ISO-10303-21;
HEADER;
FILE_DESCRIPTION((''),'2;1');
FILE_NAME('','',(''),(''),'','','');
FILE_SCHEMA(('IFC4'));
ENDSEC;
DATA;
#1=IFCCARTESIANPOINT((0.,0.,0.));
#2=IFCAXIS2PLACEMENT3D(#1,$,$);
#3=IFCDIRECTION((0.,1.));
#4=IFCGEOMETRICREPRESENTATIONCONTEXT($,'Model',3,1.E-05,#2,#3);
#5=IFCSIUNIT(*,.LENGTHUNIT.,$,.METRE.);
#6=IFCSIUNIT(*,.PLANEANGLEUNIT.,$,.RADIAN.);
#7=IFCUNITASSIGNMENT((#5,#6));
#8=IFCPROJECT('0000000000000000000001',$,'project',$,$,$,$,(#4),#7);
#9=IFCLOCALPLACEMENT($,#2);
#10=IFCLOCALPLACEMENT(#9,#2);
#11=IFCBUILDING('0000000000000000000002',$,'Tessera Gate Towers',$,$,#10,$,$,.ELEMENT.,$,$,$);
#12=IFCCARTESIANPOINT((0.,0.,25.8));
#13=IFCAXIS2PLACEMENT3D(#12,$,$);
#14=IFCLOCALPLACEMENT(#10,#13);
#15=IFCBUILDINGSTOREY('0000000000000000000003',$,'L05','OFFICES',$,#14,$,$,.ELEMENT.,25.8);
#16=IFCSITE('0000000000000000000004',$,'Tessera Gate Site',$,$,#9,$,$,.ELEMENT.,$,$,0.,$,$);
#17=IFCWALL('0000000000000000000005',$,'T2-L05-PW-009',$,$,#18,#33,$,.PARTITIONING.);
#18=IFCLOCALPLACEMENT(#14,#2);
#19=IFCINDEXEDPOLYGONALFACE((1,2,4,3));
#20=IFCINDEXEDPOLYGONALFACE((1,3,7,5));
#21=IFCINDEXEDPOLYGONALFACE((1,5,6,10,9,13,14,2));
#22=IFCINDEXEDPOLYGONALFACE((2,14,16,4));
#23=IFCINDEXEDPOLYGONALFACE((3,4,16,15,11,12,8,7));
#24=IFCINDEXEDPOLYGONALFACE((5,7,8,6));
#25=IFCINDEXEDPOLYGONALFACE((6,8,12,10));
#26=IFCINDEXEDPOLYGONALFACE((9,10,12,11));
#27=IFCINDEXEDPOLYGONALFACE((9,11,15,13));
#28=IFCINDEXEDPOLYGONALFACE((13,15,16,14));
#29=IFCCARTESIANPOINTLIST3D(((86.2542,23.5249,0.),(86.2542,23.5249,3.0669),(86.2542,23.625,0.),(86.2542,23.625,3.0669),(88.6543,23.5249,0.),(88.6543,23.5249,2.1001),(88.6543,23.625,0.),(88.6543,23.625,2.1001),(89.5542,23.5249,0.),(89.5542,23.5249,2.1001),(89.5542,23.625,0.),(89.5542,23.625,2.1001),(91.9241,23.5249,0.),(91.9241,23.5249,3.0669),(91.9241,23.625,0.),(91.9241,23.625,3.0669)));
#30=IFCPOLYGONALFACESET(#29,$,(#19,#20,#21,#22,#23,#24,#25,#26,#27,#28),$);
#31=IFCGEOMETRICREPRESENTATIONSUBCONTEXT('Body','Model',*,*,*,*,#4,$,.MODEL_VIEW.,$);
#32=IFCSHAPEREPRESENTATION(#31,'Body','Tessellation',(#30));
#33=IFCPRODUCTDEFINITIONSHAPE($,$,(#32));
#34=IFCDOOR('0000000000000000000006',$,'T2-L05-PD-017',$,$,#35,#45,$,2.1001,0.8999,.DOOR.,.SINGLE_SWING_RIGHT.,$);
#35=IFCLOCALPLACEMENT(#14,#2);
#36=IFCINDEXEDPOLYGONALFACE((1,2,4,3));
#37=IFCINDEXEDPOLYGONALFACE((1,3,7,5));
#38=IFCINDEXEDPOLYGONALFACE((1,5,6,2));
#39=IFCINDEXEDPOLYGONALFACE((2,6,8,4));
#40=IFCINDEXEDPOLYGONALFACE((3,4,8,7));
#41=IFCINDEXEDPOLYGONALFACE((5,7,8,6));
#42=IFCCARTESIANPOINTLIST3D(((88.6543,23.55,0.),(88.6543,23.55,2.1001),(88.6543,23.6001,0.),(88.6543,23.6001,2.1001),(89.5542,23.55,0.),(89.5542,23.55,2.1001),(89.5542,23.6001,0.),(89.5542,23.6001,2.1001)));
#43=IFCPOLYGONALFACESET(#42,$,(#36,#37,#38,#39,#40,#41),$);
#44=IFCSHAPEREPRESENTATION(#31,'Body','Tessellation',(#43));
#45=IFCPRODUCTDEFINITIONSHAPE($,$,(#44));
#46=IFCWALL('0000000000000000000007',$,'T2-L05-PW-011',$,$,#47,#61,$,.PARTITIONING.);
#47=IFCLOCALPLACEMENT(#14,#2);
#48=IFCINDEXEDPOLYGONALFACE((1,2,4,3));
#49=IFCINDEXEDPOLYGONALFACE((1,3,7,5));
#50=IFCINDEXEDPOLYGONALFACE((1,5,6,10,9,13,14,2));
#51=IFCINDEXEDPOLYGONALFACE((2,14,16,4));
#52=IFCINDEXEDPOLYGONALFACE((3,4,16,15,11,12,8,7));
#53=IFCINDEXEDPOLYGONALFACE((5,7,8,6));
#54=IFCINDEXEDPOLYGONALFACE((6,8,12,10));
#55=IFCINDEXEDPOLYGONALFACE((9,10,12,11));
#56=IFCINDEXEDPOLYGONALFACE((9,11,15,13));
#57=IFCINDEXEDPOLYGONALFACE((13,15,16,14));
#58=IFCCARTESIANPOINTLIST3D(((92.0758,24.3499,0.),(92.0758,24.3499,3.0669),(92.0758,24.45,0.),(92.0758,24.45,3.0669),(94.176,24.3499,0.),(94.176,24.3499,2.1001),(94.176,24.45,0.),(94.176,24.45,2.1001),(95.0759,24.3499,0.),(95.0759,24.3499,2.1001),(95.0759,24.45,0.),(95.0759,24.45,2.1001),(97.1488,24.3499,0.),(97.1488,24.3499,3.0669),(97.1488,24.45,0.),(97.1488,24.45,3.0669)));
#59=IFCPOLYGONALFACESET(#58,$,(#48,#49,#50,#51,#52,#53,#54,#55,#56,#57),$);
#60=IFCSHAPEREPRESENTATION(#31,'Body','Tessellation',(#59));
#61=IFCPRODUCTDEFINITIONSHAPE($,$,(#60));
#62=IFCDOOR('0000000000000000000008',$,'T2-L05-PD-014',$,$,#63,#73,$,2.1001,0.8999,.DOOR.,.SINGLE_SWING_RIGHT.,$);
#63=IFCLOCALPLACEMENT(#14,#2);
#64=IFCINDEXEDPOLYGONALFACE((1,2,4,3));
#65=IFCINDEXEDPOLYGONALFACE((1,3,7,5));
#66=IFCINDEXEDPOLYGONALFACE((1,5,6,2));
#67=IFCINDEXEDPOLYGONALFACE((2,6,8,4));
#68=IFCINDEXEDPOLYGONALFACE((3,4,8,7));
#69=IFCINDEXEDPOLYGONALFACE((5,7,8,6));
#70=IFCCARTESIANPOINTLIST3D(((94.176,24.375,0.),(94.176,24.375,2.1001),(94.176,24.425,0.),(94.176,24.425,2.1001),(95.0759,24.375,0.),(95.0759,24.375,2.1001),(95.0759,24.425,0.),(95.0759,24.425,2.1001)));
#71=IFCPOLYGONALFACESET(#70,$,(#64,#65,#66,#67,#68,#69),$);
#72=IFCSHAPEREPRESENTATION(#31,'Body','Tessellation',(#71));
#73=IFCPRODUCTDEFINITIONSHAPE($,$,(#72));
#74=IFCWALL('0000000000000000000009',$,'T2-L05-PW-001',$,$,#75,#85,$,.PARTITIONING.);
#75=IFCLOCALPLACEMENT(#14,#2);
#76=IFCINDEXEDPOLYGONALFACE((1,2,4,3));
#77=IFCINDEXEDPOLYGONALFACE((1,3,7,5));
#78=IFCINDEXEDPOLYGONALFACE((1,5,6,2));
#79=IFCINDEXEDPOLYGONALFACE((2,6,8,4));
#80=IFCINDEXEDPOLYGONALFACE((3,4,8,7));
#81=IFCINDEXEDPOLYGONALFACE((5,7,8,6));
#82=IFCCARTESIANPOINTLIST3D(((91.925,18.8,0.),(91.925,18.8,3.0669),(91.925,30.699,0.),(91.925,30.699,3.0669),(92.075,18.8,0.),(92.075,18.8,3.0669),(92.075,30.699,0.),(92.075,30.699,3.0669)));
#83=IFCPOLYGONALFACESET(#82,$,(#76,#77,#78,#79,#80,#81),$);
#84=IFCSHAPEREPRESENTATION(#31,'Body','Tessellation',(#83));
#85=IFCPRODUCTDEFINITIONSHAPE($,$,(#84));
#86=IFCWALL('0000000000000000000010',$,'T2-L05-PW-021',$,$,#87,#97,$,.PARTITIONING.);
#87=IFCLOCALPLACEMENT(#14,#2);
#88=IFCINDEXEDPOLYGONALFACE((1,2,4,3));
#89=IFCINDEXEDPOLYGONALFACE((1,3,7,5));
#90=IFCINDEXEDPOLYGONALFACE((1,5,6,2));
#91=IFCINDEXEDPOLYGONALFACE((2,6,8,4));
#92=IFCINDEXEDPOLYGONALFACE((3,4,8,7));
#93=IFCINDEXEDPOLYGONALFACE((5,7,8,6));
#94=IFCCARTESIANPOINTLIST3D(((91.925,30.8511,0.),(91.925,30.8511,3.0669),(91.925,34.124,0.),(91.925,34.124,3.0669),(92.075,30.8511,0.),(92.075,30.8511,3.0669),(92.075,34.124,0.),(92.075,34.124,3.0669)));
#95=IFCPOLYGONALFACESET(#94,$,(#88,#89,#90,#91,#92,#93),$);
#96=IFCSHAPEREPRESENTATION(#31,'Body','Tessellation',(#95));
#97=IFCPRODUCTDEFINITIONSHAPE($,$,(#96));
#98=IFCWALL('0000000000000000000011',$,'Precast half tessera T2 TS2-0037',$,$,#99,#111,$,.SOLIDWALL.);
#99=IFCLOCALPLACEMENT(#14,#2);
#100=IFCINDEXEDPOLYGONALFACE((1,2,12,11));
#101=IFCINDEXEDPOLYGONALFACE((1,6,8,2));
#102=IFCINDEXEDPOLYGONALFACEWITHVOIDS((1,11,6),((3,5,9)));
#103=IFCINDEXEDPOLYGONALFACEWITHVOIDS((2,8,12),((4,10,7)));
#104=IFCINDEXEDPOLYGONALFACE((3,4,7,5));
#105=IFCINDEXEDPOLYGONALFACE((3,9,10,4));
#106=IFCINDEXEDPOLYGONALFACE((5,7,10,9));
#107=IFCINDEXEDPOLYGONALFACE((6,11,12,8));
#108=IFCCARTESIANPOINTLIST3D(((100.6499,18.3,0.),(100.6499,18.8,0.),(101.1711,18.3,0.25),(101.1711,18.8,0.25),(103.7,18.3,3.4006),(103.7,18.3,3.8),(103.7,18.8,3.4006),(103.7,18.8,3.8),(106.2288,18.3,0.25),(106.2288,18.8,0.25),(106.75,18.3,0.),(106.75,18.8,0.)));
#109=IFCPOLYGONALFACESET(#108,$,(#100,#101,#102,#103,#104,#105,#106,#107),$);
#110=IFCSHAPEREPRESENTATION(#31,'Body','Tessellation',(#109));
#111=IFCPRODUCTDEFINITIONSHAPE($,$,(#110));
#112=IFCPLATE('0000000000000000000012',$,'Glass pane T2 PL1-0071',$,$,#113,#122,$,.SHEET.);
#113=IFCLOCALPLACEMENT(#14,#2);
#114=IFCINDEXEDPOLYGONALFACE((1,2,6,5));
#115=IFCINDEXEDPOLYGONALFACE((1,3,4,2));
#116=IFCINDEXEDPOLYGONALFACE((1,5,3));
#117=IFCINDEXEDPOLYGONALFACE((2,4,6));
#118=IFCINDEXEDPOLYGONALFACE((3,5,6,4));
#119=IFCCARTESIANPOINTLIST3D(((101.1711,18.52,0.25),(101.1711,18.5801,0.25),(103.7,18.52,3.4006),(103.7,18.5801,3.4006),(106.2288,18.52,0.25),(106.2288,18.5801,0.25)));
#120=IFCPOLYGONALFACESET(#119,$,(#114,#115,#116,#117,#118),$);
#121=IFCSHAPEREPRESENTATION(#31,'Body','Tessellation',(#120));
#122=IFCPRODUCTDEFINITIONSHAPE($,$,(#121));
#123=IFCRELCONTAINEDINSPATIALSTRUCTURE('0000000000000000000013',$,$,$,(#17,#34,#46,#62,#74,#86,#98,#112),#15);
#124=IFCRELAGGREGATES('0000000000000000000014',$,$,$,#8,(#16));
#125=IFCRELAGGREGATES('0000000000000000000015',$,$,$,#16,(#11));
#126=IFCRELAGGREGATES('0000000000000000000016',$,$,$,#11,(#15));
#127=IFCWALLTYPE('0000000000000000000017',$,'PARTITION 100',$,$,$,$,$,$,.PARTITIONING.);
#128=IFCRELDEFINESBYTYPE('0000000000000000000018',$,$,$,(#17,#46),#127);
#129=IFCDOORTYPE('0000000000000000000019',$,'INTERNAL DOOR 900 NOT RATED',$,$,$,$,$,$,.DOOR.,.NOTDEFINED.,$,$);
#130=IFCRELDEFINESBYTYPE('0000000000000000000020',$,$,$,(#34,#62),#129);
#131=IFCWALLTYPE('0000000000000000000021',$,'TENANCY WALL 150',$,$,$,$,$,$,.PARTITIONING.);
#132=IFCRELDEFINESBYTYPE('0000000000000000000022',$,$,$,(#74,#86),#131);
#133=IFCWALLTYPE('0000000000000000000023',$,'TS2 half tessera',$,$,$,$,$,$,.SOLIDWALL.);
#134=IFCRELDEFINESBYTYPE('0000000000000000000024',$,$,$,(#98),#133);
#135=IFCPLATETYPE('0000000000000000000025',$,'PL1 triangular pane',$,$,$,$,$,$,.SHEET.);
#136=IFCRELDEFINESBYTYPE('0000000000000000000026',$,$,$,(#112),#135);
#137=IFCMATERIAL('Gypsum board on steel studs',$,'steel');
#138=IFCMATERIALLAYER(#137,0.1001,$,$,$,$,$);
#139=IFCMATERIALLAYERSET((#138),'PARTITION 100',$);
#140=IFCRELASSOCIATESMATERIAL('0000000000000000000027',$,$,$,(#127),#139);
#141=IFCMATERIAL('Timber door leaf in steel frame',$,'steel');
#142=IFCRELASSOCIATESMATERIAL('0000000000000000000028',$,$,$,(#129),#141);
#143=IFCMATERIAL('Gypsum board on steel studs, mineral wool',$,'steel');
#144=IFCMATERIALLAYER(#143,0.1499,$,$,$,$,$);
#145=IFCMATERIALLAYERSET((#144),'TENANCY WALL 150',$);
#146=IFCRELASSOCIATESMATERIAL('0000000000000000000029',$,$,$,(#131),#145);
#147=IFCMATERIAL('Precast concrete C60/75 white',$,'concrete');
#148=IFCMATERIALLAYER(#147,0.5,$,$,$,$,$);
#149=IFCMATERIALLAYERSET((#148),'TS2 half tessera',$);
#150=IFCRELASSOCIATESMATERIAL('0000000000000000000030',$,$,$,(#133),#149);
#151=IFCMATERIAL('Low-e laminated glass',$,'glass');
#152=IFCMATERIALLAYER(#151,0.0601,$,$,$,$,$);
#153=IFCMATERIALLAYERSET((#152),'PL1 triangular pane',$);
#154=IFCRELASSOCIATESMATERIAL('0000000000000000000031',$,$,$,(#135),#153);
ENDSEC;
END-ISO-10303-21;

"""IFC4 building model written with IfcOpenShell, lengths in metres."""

from ifc_helpers import new_model, si_unit, direction, frame, frame_2d, origin, place, context, subcontext, project, spatial, polyline, rectangle, outline, extrude, source, transform, mapped, material, layer, layer_set, type_object, element, fill, save


model = new_model("IFC4")

# Units and contexts
model_context = context("Model", 3, precision=1e-05, world=origin(), true_north=direction((0.0, 1.0)))
body_context = subcontext(model_context, "Body", "Model", "MODEL_VIEW")
ifc_project = project(units=[si_unit("LENGTHUNIT", "METRE"), si_unit("PLANEANGLEUNIT", "RADIAN")], contexts=[model_context])

# Site, building, storey
site_placement = place(None, origin())
site = spatial("IfcSite", under=ifc_project, at=site_placement, Name="Tessera Gate Site", CompositionType="ELEMENT", RefElevation=0.0)
building_placement = place(site_placement, origin())
building = spatial("IfcBuilding", under=site, at=building_placement, Name="Tessera Gate Towers", CompositionType="ELEMENT")
storey_placement = place(building_placement, frame((0.0, 0.0, 25.8)))
storey = spatial("IfcBuildingStorey", under=building, at=storey_placement, Name="L05", Description="OFFICES", CompositionType="ELEMENT", Elevation=25.8)

# Shared definitions
ifc_material_1 = material(Name="Gypsum board on steel studs", Category="steel")
ifc_layer_1 = layer(ifc_material_1, 0.1001)
ifc_layer_set_1 = layer_set([ifc_layer_1], Name="PARTITION 100")
wall_type_1 = type_object("IfcWallType", Name="PARTITION 100", PredefinedType="PARTITIONING", material=ifc_layer_set_1)

# Walls, openings, doors
wall_1_placement = place(storey_placement, frame((91.9241, 23.575, 0.0), z_axis=(0.0, 0.0, 1.0), x_axis=(-1.0, 0.0, 0.0)))
wall_1 = element("IfcWall", 1, at=wall_1_placement, inside=storey, type_object=wall_type_1, Name="T2-L05-PW-009", PredefinedType="PARTITIONING", context=body_context, shape_type="SweptSolid", body=[
    extrude(rectangle(XDim=5.6699, YDim=0.1001, at=frame_2d((2.835, 0.0))), origin(), (0.0, 0.0, 1.0), 3.0669),
])
shared_shape_1 = source(origin(), body_context, "Body", "SweptSolid", [
    extrude(rectangle(XDim=0.8999, YDim=2.1001, at=frame_2d((0.45, 1.05))), frame((0.0, 0.0601, 0.0), z_axis=(0.0, -1.0, 0.0), x_axis=(1.0, 0.0, 0.0)), (0.0, 0.0, 1.0), 0.1201),
])
opening_1_placement = place(wall_1_placement, frame((2.3699, 0.0, 0.0)))
opening_1 = element("IfcOpeningElement", 2, at=opening_1_placement, cuts=wall_1, PredefinedType="OPENING", context=body_context, shape_type="MappedRepresentation", body=[
    mapped(shared_shape_1, transform((0.0, 0.0, 0.0), scale=1.0)),
])
ifc_material_2 = material(Name="Timber door leaf in steel frame", Category="steel")
door_type = type_object("IfcDoorType", Name="INTERNAL DOOR 900 NOT RATED", OperationType="NOTDEFINED", PredefinedType="DOOR", material=ifc_material_2)
shared_shape_2 = source(origin(), body_context, "Body", "SweptSolid", [
    extrude(rectangle(XDim=0.8999, YDim=2.1001, at=frame_2d((0.45, 1.05))), frame((0.0, 0.0249, 0.0), z_axis=(0.0, -1.0, 0.0), x_axis=(1.0, 0.0, 0.0)), (0.0, 0.0, 1.0), 0.05),
])
door_1_placement = place(opening_1_placement, origin())
door_1 = element("IfcDoor", 3, at=door_1_placement, inside=storey, type_object=door_type, Name="T2-L05-PD-017", OperationType="SINGLE_SWING_RIGHT", OverallHeight=2.1001, OverallWidth=0.8999, PredefinedType="DOOR", context=body_context, shape_type="MappedRepresentation", body=[
    mapped(shared_shape_2, transform((0.0, 0.0, 0.0), scale=1.0)),
])
fill(opening_1, door_1)
wall_2_placement = place(storey_placement, frame((97.1489, 24.3999, 0.0), z_axis=(0.0, 0.0, 1.0), x_axis=(-1.0, 0.0, 0.0)))
wall_2 = element("IfcWall", 4, at=wall_2_placement, inside=storey, type_object=wall_type_1, Name="T2-L05-PW-011", PredefinedType="PARTITIONING", context=body_context, shape_type="SweptSolid", body=[
    extrude(rectangle(XDim=5.073, YDim=0.1001, at=frame_2d((2.5366, 0.0))), origin(), (0.0, 0.0, 1.0), 3.0669),
])
opening_2_placement = place(wall_2_placement, frame((2.073, 0.0, 0.0)))
opening_2 = element("IfcOpeningElement", 5, at=opening_2_placement, cuts=wall_2, PredefinedType="OPENING", context=body_context, shape_type="MappedRepresentation", body=[
    mapped(shared_shape_1, transform((0.0, 0.0, 0.0), scale=1.0)),
])
door_2_placement = place(opening_2_placement, origin())
door_2 = element("IfcDoor", 6, at=door_2_placement, inside=storey, type_object=door_type, Name="T2-L05-PD-014", OperationType="SINGLE_SWING_RIGHT", OverallHeight=2.1001, OverallWidth=0.8999, PredefinedType="DOOR", context=body_context, shape_type="MappedRepresentation", body=[
    mapped(shared_shape_2, transform((0.0, 0.0, 0.0), scale=1.0)),
])
fill(opening_2, door_2)

# Walls
ifc_material_3 = material(Name="Gypsum board on steel studs, mineral wool", Category="steel")
ifc_layer_2 = layer(ifc_material_3, 0.1499)
ifc_layer_set_2 = layer_set([ifc_layer_2], Name="TENANCY WALL 150")
wall_type_2 = type_object("IfcWallType", Name="TENANCY WALL 150", PredefinedType="PARTITIONING", material=ifc_layer_set_2)
wall_3_placement = place(storey_placement, frame((92.0, 18.8, 0.0), z_axis=(0.0, 0.0, 1.0), x_axis=(0.0, 1.0, 0.0)))
element("IfcWall", 7, at=wall_3_placement, inside=storey, type_object=wall_type_2, Name="T2-L05-PW-001", PredefinedType="PARTITIONING", context=body_context, shape_type="SweptSolid", body=[
    extrude(rectangle(XDim=11.8989, YDim=0.1499, at=frame_2d((5.9495, 0.0))), origin(), (0.0, 0.0, 1.0), 3.0669),
])
wall_4_placement = place(storey_placement, frame((92.0, 30.8511, 0.0), z_axis=(0.0, 0.0, 1.0), x_axis=(0.0, 1.0, 0.0)))
element("IfcWall", 8, at=wall_4_placement, inside=storey, type_object=wall_type_2, Name="T2-L05-PW-021", PredefinedType="PARTITIONING", context=body_context, shape_type="SweptSolid", body=[
    extrude(rectangle(XDim=3.2729, YDim=0.1499, at=frame_2d((1.6365, 0.0))), origin(), (0.0, 0.0, 1.0), 3.0669),
])

# Wall, opening, plate
ifc_material_4 = material(Name="Precast concrete C60/75 white", Category="concrete")
ifc_layer_3 = layer(ifc_material_4, 0.5)
ifc_layer_set_3 = layer_set([ifc_layer_3], Name="TS2 half tessera")
wall_type_3 = type_object("IfcWallType", Name="TS2 half tessera", PredefinedType="SOLIDWALL", material=ifc_layer_set_3)
shared_shape_3 = source(origin(), body_context, "Body", "SweptSolid", [
    extrude(outline(polyline([(6.1001, 0.0), (3.05, 3.8), (0.0, 0.0), (6.1001, 0.0)])), frame((0.0, 0.25, 0.0), z_axis=(0.0, -1.0, 0.0), x_axis=(1.0, 0.0, 0.0)), (0.0, 0.0, 1.0), 0.5),
])
wall_5_placement = place(storey_placement, frame((100.6499, 18.55, 0.0), z_axis=(0.0, 0.0, 1.0), x_axis=(1.0, 0.0, 0.0)))
wall_5 = element("IfcWall", 9, at=wall_5_placement, inside=storey, type_object=wall_type_3, Name="Precast half tessera T2 TS2-0037", PredefinedType="SOLIDWALL", context=body_context, shape_type="MappedRepresentation", body=[
    mapped(shared_shape_3, transform((0.0, 0.0, 0.0), scale=1.0)),
])
shared_shape_4 = source(origin(), body_context, "Body", "SweptSolid", [
    extrude(outline(polyline([(5.5789, 0.25), (3.05, 3.4006), (0.5212, 0.25), (5.5789, 0.25)])), frame((0.0, 0.26, 0.0), z_axis=(0.0, -1.0, 0.0), x_axis=(1.0, 0.0, 0.0)), (0.0, 0.0, 1.0), 0.52),
])
opening_3_placement = place(wall_5_placement, origin())
opening_3 = element("IfcOpeningElement", 10, at=opening_3_placement, cuts=wall_5, PredefinedType="OPENING", context=body_context, shape_type="MappedRepresentation", body=[
    mapped(shared_shape_4, transform((0.0, 0.0, 0.0), scale=1.0)),
])
ifc_material_5 = material(Name="Low-e laminated glass", Category="glass")
ifc_layer_4 = layer(ifc_material_5, 0.0601)
ifc_layer_set_4 = layer_set([ifc_layer_4], Name="PL1 triangular pane")
plate_type = type_object("IfcPlateType", Name="PL1 triangular pane", PredefinedType="SHEET", material=ifc_layer_set_4)
shared_shape_5 = source(origin(), body_context, "Body", "SweptSolid", [
    extrude(outline(polyline([(5.5789, 0.25), (3.05, 3.4006), (0.5212, 0.25), (5.5789, 0.25)])), frame((0.0, 0.03, 0.0), z_axis=(0.0, -1.0, 0.0), x_axis=(1.0, 0.0, 0.0)), (0.0, 0.0, 1.0), 0.0601),
])
plate_placement = place(opening_3_placement, origin())
plate = element("IfcPlate", 11, at=plate_placement, inside=storey, type_object=plate_type, Name="Glass pane T2 PL1-0071", PredefinedType="SHEET", context=body_context, shape_type="MappedRepresentation", body=[
    mapped(shared_shape_5, transform((0.0, 0.0, 0.0), scale=1.0)),
])
fill(opening_3, plate)

save(model, "model.ifc")
